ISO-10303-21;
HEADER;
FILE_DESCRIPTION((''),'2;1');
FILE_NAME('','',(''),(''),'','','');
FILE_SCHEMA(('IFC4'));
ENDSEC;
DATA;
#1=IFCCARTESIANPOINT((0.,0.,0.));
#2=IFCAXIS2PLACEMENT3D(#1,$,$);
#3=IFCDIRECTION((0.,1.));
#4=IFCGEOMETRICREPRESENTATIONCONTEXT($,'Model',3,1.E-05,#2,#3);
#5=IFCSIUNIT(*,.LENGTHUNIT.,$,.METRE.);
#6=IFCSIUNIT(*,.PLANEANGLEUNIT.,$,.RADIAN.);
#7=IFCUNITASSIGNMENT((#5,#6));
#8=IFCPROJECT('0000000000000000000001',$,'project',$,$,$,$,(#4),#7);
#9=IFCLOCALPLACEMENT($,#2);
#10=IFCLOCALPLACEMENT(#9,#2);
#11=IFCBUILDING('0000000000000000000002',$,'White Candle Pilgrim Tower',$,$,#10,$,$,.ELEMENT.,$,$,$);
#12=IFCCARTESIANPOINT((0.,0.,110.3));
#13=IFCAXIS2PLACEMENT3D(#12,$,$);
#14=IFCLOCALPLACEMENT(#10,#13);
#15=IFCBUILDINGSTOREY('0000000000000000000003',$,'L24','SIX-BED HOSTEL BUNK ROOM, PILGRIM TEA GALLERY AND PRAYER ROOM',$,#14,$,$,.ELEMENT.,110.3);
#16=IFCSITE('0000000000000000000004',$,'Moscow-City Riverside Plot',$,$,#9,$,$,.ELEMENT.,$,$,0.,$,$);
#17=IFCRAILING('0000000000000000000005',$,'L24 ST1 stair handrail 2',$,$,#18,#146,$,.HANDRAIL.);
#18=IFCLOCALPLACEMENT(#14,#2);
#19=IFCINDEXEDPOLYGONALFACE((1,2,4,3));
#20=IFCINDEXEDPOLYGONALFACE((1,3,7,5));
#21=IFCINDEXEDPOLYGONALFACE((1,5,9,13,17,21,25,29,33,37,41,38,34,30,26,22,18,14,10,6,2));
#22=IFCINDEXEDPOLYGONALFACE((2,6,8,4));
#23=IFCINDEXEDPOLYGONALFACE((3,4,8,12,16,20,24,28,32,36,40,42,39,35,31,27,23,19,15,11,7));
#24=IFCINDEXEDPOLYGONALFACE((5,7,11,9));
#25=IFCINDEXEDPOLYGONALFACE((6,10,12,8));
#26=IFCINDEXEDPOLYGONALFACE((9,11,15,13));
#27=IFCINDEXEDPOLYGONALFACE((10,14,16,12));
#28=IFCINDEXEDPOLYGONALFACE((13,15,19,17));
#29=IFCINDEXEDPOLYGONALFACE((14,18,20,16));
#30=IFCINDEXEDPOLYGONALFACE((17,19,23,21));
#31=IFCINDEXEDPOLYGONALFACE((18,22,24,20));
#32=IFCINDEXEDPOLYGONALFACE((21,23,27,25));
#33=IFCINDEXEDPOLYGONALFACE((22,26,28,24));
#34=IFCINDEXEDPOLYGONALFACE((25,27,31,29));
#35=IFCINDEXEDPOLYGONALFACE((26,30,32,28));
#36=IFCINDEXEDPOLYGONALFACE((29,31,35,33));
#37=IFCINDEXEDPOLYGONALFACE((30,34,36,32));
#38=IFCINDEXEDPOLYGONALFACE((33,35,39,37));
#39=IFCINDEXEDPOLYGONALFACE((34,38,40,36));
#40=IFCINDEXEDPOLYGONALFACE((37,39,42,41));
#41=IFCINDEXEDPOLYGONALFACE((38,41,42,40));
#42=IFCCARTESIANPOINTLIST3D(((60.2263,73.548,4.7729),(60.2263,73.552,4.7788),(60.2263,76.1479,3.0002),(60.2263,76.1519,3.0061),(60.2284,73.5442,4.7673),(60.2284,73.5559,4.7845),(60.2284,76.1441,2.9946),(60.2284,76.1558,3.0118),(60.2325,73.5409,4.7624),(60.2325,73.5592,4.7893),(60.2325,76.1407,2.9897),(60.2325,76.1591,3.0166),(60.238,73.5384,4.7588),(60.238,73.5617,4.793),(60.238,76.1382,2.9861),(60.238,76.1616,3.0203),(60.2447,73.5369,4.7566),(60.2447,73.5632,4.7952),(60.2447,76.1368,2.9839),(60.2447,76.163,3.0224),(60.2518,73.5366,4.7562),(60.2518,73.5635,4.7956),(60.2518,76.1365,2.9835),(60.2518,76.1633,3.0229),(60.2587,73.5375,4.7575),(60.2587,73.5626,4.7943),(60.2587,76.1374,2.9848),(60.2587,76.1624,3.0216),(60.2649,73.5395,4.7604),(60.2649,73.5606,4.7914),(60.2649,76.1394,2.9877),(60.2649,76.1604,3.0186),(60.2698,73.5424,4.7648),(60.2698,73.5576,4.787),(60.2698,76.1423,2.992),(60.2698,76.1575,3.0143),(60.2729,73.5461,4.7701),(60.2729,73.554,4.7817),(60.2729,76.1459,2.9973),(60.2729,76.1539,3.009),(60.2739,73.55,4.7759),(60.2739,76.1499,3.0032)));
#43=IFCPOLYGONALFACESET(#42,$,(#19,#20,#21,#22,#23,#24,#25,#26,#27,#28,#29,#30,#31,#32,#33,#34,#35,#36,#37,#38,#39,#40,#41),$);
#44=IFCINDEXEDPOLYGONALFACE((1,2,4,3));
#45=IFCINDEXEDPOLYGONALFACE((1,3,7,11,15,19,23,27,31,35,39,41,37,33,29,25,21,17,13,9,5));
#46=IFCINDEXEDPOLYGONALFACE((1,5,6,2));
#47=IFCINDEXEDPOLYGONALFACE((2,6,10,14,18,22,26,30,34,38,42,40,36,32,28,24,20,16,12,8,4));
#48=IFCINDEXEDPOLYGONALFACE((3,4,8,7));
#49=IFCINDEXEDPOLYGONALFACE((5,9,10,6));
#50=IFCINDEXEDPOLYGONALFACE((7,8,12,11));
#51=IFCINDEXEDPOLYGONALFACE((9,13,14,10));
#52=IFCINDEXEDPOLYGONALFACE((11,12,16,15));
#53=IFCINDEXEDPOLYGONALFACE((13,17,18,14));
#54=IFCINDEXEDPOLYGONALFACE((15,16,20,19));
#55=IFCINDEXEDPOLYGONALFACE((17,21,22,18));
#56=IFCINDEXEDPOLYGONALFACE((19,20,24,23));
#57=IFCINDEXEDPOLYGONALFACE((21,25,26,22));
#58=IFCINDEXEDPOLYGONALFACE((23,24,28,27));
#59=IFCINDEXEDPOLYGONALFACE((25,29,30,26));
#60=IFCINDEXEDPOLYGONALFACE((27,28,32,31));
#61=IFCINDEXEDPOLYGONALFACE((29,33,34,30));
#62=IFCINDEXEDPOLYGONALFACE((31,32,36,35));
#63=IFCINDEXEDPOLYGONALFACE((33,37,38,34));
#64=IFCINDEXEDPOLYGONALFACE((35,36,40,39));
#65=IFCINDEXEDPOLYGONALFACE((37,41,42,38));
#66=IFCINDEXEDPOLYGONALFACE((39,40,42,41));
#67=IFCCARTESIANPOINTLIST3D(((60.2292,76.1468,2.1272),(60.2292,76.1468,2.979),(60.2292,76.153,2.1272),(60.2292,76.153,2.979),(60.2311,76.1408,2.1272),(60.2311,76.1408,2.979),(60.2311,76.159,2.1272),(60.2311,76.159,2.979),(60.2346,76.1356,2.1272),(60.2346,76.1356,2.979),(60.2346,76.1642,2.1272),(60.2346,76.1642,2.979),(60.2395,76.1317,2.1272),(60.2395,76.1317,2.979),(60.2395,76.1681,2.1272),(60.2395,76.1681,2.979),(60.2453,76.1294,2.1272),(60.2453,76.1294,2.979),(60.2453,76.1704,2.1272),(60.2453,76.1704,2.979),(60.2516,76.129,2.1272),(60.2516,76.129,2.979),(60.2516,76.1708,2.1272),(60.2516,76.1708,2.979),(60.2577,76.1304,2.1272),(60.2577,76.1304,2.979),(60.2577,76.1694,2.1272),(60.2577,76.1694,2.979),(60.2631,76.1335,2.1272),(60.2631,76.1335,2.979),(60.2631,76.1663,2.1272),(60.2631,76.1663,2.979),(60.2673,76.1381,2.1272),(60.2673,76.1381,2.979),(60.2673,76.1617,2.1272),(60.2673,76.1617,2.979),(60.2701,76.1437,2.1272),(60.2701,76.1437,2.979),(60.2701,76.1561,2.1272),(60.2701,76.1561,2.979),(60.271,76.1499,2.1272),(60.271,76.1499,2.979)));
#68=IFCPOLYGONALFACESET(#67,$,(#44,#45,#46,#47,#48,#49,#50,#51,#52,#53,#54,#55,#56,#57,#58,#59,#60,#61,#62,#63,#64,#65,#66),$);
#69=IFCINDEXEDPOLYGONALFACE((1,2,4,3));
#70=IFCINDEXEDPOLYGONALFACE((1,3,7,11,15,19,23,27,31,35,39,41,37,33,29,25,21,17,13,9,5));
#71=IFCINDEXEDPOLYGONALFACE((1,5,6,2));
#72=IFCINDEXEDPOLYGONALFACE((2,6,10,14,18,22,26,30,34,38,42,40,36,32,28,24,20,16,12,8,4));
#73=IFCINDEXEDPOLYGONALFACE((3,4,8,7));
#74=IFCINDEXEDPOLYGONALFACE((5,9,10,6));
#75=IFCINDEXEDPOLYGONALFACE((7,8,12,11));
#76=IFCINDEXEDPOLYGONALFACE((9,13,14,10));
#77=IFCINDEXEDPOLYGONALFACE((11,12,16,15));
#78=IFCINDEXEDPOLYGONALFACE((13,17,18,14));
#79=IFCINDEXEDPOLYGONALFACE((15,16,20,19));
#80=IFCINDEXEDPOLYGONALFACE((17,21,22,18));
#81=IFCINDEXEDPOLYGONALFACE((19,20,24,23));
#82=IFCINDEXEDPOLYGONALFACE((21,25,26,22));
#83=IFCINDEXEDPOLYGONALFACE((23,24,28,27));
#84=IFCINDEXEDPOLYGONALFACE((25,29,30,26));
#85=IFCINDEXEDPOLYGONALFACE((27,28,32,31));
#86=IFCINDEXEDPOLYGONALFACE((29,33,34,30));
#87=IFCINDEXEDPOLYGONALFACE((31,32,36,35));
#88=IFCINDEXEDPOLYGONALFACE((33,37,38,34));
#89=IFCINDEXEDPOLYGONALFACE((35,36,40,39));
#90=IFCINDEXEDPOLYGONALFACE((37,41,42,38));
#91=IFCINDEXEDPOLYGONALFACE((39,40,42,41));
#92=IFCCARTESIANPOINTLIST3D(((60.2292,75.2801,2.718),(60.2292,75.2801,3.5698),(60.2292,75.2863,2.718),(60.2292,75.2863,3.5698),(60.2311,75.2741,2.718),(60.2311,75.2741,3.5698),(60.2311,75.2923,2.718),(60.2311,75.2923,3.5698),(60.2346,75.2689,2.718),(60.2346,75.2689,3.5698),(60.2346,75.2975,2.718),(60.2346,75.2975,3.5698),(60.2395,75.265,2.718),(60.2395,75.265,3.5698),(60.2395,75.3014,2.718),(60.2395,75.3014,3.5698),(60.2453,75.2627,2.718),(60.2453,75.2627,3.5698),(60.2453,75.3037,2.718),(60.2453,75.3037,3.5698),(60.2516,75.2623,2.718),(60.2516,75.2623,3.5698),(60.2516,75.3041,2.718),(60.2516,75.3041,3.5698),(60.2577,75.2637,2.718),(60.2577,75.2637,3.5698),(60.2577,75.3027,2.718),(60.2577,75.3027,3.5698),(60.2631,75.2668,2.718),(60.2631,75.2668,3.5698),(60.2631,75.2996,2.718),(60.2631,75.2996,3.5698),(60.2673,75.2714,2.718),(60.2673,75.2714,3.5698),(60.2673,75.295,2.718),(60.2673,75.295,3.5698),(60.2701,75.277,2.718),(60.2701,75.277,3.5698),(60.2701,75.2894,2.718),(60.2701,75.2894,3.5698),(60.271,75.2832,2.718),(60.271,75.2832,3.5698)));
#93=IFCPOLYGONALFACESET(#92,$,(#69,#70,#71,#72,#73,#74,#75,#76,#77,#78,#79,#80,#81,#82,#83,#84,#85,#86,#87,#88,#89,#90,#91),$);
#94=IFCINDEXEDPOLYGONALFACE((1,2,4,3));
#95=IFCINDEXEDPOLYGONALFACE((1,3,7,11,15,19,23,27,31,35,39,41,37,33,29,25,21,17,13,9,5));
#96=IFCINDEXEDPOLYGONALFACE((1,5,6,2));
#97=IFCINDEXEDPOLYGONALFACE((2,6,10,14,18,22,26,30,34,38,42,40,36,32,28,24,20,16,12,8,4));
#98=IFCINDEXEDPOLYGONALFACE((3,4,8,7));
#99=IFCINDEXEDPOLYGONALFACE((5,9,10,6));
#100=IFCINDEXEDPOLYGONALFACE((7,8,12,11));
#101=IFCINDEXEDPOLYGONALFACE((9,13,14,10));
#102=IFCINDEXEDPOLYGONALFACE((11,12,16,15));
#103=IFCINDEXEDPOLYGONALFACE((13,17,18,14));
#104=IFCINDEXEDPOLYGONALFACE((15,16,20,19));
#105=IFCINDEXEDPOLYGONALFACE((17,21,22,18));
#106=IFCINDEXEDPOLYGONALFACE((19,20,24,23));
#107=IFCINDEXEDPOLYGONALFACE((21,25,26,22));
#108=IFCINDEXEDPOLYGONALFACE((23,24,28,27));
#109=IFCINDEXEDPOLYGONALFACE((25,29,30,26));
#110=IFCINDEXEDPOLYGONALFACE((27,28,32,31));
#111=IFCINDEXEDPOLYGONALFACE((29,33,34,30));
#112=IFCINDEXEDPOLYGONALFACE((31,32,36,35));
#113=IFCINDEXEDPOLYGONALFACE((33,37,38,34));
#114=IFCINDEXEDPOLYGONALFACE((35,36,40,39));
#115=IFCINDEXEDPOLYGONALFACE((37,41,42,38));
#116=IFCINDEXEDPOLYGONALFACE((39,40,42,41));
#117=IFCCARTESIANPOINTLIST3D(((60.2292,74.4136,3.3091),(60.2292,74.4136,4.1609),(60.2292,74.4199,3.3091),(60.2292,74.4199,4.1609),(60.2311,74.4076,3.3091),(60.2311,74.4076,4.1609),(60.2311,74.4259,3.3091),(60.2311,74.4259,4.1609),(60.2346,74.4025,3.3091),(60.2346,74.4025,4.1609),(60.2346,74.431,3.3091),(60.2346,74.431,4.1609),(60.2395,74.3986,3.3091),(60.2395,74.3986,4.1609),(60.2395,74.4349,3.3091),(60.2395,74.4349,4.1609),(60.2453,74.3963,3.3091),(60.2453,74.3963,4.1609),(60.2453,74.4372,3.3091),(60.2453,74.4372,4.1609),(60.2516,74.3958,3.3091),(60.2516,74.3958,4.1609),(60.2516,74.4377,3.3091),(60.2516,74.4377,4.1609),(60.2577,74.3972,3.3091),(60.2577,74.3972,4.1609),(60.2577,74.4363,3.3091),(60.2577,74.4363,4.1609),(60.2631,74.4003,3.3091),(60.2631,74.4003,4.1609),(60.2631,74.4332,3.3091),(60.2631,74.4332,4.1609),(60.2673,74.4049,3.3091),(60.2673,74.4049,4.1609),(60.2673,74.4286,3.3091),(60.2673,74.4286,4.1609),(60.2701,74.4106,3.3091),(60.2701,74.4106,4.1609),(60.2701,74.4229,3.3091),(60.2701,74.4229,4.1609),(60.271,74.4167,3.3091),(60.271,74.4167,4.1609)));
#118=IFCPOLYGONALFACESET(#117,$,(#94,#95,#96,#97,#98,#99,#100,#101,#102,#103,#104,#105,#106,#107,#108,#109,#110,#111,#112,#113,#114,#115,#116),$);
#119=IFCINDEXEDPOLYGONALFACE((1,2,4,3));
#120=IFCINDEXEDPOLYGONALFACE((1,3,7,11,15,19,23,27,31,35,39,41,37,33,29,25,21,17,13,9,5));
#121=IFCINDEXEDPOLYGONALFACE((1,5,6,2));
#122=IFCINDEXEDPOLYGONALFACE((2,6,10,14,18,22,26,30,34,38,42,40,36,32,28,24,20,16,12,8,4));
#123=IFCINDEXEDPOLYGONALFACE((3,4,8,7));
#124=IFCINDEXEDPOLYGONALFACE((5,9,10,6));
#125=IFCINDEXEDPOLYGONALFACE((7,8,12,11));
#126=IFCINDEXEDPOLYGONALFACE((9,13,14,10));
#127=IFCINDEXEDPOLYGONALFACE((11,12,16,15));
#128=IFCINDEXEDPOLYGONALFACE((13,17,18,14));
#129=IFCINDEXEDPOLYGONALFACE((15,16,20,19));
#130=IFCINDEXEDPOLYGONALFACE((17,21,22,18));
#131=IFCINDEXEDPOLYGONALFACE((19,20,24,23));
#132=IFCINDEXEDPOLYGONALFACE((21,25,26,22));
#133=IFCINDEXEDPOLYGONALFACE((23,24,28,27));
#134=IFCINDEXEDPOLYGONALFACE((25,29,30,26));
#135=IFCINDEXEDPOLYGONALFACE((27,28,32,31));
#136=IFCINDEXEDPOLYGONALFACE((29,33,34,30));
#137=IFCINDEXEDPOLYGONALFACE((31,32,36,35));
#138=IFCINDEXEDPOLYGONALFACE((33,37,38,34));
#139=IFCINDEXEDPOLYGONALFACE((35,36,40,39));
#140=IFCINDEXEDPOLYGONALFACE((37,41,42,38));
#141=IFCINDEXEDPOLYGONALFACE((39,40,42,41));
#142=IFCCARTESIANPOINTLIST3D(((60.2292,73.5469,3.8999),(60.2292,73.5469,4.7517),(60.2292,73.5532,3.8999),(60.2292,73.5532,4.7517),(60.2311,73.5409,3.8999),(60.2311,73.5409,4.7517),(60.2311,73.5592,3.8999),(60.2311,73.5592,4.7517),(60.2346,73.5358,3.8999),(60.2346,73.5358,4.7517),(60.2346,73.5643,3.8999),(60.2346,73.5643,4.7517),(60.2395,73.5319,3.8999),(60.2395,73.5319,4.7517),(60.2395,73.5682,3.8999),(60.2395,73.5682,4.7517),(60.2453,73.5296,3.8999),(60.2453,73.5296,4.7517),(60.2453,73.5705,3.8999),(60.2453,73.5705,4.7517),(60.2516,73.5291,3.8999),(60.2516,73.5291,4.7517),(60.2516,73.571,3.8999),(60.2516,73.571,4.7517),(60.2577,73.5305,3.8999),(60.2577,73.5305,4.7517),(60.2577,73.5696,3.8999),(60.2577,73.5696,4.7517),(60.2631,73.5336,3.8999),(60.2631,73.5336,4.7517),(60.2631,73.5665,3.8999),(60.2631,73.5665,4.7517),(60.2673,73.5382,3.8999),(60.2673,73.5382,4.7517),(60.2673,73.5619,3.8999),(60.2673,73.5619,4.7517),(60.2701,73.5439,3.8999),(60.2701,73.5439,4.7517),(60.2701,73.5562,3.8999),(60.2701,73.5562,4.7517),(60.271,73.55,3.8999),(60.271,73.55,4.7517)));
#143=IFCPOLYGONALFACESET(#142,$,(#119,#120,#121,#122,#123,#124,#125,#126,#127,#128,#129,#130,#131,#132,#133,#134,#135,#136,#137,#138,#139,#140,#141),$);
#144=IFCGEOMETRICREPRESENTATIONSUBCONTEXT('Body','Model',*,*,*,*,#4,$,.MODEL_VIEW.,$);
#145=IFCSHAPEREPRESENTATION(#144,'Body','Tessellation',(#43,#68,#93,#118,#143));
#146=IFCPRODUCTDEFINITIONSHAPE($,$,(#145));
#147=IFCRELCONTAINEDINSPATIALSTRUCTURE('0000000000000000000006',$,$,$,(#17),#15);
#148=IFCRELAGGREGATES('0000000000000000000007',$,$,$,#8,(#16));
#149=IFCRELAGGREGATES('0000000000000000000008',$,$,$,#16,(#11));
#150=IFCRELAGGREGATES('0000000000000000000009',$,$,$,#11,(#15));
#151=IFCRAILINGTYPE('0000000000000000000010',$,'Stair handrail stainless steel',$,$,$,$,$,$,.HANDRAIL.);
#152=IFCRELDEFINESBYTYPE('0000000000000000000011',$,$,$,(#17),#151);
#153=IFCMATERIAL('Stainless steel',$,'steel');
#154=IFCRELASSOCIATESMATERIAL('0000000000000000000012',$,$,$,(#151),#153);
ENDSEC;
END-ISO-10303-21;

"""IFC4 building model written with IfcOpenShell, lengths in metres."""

from ifc_helpers import new_model, si_unit, direction, frame, origin, origin_2d, place, context, subcontext, project, spatial, circle, extrude, material, type_object, element, save


model = new_model("IFC4")

# Units and contexts
model_context = context("Model", 3, precision=1e-05, world=origin(), true_north=direction((0.0, 1.0)))
body_context = subcontext(model_context, "Body", "Model", "MODEL_VIEW")
ifc_project = project(units=[si_unit("LENGTHUNIT", "METRE"), si_unit("PLANEANGLEUNIT", "RADIAN")], contexts=[model_context])

# Site, building, storey
site_placement = place(None, origin())
site = spatial("IfcSite", under=ifc_project, at=site_placement, Name="Moscow-City Riverside Plot", CompositionType="ELEMENT", RefElevation=0.0)
building_placement = place(site_placement, origin())
building = spatial("IfcBuilding", under=site, at=building_placement, Name="White Candle Pilgrim Tower", CompositionType="ELEMENT")
storey_placement = place(building_placement, frame((0.0, 0.0, 110.3)))
storey = spatial("IfcBuildingStorey", under=building, at=storey_placement, Name="L24", Description="SIX-BED HOSTEL BUNK ROOM, PILGRIM TEA GALLERY AND PRAYER ROOM", CompositionType="ELEMENT", Elevation=110.3)

# Railing
ifc_material_1 = material(Name="Stainless steel", Category="steel")
railing_type_1 = type_object("IfcRailingType", Name="Stair handrail stainless steel", PredefinedType="HANDRAIL", material=ifc_material_1)
railing_1_placement = place(storey_placement, frame((60.25, 76.1499, 2.1272)))
element("IfcRailing", 1, at=railing_1_placement, inside=storey, type_object=railing_type_1, Name="L24 ST1 stair handrail 2", PredefinedType="HANDRAIL", context=body_context, shape_type="SweptSolid", body=[
    extrude(circle(Radius=0.0239, at=origin_2d()), frame((0.0, 0.0, 0.876), z_axis=(0.0, -0.826216, 0.563354), x_axis=(1.0, 0.0, 0.0)), (0.0, 0.0, 1.0), 3.1467),
    extrude(circle(Radius=0.021, at=origin_2d()), origin(), (0.0, 0.0, 1.0), 0.8518),
    extrude(circle(Radius=0.021, at=origin_2d()), frame((0.0, -0.8667, 0.5908)), (0.0, 0.0, 1.0), 0.8518),
    extrude(circle(Radius=0.021, at=origin_2d()), frame((0.0, -1.7332, 1.1819)), (0.0, 0.0, 1.0), 0.8518),
    extrude(circle(Radius=0.021, at=origin_2d()), frame((0.0, -2.5999, 1.7727)), (0.0, 0.0, 1.0), 0.8518),
])

save(model, "model.ifc")
